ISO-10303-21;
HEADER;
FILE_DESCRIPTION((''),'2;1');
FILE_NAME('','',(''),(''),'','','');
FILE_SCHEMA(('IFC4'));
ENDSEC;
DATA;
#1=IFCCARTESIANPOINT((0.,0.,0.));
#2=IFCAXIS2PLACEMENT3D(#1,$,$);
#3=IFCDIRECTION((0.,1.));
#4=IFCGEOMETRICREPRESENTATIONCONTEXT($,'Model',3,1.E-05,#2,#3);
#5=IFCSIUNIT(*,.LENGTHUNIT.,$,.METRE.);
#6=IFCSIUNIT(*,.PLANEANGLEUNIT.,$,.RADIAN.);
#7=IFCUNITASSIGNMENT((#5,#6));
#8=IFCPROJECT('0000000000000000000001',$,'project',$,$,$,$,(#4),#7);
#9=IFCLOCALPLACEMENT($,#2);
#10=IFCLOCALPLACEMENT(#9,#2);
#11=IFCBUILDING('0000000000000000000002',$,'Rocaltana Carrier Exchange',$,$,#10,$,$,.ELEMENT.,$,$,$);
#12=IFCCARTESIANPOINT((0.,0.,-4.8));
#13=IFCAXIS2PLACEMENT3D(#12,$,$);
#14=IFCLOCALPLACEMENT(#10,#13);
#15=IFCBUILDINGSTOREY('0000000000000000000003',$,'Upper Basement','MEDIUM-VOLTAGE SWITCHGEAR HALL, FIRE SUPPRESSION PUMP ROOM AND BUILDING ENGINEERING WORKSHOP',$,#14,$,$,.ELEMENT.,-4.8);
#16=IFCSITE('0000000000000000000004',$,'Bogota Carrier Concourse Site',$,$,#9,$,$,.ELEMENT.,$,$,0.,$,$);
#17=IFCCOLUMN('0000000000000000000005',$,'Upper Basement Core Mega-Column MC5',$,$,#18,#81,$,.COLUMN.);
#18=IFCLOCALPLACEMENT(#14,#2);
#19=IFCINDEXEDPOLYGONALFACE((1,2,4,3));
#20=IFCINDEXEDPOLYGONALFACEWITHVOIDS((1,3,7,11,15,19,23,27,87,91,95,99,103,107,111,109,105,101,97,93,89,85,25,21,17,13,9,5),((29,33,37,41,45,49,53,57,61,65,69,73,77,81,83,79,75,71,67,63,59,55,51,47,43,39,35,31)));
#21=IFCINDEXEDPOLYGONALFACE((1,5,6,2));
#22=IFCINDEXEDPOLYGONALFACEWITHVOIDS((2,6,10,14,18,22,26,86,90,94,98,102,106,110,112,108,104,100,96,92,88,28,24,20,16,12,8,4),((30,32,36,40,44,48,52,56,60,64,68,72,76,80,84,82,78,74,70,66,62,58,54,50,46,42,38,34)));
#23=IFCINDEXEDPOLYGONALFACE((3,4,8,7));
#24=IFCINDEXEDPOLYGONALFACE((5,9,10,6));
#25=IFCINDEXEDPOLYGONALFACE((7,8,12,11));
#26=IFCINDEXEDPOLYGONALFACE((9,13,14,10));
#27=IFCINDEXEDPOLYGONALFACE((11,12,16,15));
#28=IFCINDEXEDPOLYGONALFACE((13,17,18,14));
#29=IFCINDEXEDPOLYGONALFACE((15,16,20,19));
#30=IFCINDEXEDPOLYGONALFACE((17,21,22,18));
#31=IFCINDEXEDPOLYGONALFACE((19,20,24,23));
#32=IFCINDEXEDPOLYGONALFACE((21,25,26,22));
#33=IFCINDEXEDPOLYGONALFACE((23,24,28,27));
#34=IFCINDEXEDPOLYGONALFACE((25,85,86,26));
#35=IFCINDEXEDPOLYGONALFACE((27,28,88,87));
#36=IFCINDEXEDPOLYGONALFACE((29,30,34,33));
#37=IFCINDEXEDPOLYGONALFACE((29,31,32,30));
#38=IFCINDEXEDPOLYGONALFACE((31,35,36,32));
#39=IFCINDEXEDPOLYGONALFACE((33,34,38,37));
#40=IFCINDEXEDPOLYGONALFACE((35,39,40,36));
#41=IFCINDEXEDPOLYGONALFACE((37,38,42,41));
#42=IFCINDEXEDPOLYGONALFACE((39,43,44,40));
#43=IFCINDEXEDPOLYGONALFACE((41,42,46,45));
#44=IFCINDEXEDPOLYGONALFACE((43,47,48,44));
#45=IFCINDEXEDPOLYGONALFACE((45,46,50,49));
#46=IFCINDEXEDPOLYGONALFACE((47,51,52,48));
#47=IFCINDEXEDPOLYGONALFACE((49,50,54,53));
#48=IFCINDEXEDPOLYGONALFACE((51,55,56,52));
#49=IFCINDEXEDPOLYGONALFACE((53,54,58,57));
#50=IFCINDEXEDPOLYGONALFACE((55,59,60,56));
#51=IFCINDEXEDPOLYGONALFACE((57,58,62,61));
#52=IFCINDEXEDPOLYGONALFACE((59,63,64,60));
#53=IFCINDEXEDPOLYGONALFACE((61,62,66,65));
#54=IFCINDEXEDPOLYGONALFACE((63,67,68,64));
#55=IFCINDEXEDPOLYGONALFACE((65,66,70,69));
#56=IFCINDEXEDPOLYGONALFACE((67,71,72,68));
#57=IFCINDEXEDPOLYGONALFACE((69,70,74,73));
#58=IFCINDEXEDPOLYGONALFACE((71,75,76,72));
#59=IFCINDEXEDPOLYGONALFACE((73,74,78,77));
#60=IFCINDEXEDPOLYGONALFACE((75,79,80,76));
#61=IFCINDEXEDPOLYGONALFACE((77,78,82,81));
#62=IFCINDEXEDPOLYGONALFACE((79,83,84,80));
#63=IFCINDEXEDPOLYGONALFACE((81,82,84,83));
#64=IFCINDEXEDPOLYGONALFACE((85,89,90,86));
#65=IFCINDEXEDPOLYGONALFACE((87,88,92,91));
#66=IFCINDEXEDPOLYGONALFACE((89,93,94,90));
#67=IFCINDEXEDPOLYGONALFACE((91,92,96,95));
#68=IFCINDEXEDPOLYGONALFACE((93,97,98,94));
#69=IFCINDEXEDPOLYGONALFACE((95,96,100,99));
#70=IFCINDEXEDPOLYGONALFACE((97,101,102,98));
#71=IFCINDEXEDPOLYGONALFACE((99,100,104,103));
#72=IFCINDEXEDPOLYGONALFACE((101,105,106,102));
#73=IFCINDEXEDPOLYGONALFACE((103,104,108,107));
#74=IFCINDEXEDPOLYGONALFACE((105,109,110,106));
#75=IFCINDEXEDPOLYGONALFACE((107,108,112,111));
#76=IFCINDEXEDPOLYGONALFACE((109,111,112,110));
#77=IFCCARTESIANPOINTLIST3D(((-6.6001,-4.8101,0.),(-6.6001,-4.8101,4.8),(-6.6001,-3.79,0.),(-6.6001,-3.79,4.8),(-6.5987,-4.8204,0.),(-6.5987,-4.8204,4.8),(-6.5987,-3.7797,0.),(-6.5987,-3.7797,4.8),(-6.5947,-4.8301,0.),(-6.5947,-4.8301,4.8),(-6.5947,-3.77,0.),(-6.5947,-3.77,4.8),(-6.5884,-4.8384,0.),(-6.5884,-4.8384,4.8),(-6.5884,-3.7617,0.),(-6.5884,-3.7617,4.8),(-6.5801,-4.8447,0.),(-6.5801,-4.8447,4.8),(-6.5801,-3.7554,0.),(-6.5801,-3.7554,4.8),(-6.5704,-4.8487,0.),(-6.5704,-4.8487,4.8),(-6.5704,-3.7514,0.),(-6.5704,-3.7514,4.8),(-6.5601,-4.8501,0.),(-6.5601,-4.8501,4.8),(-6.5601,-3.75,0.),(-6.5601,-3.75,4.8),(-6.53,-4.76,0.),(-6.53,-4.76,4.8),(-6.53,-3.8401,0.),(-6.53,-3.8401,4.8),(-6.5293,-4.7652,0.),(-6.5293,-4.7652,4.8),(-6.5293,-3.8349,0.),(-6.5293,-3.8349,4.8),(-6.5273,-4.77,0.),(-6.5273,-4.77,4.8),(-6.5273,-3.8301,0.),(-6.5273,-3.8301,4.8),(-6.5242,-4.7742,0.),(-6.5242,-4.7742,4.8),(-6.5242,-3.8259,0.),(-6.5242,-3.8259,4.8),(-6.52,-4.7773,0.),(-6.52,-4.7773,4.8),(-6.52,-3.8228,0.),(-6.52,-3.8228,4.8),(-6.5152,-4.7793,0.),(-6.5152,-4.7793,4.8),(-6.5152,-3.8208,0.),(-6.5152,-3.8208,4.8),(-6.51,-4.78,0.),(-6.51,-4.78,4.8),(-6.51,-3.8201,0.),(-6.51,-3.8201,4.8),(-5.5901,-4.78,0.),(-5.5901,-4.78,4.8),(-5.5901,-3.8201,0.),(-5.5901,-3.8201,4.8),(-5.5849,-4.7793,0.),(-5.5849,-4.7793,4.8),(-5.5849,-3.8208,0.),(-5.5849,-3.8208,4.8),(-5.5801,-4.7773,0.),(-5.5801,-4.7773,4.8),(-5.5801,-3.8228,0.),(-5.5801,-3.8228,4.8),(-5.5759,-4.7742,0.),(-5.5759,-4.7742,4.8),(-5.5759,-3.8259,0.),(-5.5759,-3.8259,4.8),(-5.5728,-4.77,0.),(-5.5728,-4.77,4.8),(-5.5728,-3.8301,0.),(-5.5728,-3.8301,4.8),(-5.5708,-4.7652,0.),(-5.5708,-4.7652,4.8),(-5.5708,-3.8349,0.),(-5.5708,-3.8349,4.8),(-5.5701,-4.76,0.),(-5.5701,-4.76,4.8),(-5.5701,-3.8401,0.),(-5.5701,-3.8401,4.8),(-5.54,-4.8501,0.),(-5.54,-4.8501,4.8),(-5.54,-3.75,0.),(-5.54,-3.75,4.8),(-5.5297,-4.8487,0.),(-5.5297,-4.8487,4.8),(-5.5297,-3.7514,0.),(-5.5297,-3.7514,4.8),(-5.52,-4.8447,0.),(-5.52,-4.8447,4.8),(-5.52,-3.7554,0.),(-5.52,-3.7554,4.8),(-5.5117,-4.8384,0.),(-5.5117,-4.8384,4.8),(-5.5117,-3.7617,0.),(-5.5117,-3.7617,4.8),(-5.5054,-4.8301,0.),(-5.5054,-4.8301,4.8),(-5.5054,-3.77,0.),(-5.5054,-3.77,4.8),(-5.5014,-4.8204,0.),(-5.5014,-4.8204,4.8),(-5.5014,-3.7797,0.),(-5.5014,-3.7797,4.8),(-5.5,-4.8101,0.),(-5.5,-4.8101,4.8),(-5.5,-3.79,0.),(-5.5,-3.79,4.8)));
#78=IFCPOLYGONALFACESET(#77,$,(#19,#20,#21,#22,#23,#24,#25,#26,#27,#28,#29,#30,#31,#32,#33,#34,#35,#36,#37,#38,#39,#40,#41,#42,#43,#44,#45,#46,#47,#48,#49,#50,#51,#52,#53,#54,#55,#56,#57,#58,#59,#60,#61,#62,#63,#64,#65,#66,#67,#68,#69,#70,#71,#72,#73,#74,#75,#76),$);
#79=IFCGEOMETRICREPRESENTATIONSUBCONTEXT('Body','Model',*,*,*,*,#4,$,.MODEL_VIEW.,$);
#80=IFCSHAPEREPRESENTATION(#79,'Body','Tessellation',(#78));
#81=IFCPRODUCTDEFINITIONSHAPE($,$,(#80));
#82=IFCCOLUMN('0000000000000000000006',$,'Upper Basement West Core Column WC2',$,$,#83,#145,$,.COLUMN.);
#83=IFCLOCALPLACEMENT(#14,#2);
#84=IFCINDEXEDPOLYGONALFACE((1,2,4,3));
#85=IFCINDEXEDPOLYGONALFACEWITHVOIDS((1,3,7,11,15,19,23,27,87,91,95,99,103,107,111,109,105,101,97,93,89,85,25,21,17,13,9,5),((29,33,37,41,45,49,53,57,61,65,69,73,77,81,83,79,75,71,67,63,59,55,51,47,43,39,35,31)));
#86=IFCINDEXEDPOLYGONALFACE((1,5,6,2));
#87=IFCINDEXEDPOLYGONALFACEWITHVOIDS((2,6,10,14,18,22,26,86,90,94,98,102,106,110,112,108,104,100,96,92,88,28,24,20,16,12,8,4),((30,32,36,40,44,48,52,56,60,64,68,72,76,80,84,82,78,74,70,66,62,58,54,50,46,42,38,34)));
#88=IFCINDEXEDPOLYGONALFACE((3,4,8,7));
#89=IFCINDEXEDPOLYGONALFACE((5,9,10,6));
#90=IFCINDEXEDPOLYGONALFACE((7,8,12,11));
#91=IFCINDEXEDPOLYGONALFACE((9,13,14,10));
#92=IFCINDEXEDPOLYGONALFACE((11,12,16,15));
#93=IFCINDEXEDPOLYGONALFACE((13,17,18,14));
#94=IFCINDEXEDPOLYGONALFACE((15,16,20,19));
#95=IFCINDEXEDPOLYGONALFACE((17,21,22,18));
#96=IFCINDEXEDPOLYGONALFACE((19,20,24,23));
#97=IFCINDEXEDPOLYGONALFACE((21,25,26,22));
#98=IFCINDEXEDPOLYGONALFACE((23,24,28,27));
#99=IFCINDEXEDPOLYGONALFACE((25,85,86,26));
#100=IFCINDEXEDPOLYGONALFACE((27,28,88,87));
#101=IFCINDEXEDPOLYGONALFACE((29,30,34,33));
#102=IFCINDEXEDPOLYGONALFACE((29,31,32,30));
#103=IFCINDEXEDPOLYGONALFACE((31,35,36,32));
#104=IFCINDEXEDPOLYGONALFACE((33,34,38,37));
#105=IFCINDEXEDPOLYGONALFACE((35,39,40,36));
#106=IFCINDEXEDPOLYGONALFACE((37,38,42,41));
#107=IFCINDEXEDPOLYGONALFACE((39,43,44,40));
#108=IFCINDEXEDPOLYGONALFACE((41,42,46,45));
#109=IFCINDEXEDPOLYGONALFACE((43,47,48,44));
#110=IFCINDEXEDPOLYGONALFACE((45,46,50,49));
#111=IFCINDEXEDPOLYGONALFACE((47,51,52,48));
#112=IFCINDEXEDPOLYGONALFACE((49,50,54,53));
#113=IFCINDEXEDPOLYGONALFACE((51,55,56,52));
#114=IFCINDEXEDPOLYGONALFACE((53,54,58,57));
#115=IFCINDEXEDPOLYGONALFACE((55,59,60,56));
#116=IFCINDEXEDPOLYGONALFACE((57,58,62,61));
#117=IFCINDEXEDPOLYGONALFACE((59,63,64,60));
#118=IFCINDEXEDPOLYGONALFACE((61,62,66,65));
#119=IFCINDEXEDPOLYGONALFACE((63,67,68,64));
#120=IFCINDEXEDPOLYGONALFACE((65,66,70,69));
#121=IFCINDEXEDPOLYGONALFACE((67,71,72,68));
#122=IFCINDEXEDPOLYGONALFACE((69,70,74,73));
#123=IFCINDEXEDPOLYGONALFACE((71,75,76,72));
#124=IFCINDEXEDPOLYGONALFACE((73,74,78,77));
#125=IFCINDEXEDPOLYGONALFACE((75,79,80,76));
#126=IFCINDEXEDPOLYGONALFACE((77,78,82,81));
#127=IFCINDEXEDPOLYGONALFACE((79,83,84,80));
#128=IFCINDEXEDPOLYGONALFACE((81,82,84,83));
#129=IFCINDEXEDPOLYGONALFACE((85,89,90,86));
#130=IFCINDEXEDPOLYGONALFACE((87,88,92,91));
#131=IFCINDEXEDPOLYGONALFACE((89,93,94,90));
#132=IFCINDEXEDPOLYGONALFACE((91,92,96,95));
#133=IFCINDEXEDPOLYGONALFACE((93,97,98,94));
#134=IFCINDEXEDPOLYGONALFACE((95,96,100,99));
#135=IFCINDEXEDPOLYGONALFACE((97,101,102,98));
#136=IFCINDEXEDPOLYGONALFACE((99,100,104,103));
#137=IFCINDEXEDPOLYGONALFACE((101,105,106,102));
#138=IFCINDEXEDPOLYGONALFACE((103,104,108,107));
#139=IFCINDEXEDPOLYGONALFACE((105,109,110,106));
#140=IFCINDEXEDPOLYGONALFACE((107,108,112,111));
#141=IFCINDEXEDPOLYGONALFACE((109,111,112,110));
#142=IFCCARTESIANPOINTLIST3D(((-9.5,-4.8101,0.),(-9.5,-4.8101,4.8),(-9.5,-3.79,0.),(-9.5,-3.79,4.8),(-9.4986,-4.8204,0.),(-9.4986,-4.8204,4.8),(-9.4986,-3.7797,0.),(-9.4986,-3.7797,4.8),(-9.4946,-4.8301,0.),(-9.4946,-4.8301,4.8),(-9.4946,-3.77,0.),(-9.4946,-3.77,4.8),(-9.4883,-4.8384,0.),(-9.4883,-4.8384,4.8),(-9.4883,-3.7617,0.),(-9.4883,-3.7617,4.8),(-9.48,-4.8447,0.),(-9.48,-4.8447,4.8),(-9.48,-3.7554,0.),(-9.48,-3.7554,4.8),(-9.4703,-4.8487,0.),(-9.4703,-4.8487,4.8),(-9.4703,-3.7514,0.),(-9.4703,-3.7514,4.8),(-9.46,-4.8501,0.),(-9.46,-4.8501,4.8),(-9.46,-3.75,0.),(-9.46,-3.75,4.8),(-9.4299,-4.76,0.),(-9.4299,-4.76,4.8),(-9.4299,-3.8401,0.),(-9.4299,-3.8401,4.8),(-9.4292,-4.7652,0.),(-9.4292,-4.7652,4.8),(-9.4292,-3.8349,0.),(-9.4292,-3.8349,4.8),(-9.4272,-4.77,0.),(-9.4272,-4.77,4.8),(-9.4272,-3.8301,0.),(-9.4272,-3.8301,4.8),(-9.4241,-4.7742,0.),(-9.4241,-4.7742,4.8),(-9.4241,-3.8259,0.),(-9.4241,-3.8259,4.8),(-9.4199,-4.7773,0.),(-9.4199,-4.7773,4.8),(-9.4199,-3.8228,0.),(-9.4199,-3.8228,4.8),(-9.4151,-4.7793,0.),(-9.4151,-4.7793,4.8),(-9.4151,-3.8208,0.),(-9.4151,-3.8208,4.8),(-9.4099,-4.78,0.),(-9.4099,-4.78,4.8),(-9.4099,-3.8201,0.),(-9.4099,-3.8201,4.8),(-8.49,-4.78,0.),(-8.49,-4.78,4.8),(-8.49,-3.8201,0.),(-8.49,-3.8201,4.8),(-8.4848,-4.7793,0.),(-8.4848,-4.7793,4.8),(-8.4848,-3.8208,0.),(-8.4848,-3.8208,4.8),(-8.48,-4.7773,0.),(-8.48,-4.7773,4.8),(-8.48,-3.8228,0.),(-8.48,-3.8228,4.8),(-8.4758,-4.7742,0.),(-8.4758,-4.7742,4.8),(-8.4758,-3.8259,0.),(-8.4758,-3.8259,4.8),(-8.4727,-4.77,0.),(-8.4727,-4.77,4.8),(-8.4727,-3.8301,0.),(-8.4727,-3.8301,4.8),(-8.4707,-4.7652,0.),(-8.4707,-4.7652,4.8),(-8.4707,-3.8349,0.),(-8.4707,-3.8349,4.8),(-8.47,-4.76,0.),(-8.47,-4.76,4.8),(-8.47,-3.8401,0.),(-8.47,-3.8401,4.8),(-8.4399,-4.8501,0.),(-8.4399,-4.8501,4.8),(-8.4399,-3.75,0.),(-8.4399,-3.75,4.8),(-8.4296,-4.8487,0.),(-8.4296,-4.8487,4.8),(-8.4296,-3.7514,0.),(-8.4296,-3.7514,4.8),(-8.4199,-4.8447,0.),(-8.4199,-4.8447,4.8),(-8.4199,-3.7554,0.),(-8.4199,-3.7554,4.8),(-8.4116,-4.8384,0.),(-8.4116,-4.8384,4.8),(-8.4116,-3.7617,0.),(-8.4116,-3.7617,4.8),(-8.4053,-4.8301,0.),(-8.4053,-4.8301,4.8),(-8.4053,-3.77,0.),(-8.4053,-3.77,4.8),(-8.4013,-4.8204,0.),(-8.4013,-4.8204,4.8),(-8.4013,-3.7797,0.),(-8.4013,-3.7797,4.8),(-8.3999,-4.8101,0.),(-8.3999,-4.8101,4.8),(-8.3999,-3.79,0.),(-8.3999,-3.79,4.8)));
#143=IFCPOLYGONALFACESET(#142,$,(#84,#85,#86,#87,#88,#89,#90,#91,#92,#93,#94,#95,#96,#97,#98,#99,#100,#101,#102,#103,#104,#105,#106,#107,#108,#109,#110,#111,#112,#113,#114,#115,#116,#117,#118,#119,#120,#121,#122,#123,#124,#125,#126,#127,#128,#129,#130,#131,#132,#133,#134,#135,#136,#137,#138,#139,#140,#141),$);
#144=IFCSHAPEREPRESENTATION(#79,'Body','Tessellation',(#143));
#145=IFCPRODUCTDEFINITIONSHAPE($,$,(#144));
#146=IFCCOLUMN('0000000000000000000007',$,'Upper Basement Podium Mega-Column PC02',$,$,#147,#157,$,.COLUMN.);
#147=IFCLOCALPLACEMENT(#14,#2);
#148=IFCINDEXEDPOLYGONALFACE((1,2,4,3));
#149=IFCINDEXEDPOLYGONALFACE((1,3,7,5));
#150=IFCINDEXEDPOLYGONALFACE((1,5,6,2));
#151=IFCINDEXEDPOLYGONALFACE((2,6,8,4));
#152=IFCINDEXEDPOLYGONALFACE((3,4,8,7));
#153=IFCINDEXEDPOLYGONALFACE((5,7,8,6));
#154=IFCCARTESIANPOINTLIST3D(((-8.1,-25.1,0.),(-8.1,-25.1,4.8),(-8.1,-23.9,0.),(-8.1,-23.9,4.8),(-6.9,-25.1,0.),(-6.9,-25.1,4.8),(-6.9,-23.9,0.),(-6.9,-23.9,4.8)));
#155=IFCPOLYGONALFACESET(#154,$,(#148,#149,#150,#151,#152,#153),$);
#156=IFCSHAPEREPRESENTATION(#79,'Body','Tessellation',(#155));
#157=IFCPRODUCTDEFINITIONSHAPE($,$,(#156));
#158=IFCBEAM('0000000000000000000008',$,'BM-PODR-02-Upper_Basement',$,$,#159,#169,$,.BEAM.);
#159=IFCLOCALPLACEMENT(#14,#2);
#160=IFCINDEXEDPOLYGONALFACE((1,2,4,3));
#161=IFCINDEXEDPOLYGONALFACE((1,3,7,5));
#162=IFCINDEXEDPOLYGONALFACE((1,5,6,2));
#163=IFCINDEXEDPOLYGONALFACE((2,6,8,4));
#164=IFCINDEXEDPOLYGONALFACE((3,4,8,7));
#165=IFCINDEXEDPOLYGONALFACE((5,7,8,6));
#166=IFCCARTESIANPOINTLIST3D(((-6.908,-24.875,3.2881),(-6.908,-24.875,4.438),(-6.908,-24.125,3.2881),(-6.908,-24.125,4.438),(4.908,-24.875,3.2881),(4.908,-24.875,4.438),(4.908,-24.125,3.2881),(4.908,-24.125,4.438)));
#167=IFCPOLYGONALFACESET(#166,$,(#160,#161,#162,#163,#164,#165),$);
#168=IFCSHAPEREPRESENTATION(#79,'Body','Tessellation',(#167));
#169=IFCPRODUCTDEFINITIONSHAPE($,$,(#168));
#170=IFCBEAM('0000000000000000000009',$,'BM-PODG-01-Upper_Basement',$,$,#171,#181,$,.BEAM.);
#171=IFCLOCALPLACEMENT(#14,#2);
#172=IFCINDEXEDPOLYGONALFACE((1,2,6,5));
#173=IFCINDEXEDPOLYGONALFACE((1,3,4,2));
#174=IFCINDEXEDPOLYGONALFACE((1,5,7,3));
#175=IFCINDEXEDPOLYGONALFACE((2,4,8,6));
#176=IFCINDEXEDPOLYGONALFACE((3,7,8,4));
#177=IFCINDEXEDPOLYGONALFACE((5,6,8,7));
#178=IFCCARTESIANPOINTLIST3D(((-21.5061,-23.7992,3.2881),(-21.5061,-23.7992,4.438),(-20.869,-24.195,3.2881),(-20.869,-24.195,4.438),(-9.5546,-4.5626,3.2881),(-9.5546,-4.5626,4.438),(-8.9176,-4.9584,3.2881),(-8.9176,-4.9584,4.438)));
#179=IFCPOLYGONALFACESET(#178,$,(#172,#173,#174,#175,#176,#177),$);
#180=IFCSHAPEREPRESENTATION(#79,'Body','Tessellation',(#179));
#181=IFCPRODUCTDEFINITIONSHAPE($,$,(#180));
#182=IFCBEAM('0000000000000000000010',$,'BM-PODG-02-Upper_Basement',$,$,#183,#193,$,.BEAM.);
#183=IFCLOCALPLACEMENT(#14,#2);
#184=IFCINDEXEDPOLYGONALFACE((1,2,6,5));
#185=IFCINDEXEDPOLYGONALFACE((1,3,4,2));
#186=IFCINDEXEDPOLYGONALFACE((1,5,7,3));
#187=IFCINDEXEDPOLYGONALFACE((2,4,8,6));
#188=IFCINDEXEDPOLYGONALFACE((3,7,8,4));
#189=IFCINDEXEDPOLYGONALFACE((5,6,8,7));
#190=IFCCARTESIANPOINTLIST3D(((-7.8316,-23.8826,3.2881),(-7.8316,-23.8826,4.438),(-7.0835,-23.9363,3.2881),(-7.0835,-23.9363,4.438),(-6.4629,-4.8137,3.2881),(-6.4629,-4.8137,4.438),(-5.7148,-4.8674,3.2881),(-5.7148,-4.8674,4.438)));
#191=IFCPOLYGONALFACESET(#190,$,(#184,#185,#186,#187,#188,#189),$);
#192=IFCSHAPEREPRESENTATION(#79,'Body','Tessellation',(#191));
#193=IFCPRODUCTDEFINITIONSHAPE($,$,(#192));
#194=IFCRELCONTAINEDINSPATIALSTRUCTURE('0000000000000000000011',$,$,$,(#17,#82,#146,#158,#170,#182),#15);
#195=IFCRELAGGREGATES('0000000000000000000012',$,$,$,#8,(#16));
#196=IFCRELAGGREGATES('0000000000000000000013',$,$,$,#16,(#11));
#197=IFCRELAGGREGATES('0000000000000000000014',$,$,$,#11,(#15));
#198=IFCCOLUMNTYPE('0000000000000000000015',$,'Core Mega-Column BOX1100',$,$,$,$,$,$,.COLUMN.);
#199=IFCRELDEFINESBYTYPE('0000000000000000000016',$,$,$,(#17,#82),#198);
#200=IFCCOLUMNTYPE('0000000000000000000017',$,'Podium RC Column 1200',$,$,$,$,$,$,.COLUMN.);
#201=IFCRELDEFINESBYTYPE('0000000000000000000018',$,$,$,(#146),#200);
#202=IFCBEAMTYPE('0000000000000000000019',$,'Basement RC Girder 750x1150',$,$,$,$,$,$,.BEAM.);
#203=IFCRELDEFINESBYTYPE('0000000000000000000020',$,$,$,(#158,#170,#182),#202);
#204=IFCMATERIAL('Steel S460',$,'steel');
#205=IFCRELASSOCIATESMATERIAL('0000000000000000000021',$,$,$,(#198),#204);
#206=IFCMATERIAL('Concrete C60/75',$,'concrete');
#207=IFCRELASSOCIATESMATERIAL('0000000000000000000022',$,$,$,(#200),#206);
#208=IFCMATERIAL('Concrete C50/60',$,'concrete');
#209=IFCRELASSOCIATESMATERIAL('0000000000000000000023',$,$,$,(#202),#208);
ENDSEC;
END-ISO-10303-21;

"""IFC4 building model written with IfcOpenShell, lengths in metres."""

from ifc_helpers import new_model, si_unit, direction, frame, origin, origin_2d, place, context, subcontext, project, spatial, rectangle, hollow_rectangle, extrude, material, material_profile, profile_set, type_object, element, save


model = new_model("IFC4")

# Units and contexts
model_context = context("Model", 3, precision=1e-05, world=origin(), true_north=direction((0.0, 1.0)))
body_context = subcontext(model_context, "Body", "Model", "MODEL_VIEW")
ifc_project = project(units=[si_unit("LENGTHUNIT", "METRE"), si_unit("PLANEANGLEUNIT", "RADIAN")], contexts=[model_context])

# Site, building, storey
site_placement = place(None, origin())
site = spatial("IfcSite", under=ifc_project, at=site_placement, Name="Bogota Carrier Concourse Site", CompositionType="ELEMENT", RefElevation=0.0)
building_placement = place(site_placement, origin())
building = spatial("IfcBuilding", under=site, at=building_placement, Name="Rocaltana Carrier Exchange", CompositionType="ELEMENT")
storey_placement = place(building_placement, frame((0.0, 0.0, -4.8)))
storey = spatial("IfcBuildingStorey", under=building, at=storey_placement, Name="Upper Basement", Description="MEDIUM-VOLTAGE SWITCHGEAR HALL, FIRE SUPPRESSION PUMP ROOM AND BUILDING ENGINEERING WORKSHOP", CompositionType="ELEMENT", Elevation=-4.8)

# Columns
ifc_material_1 = material(Name="Steel S460", Category="steel")
ifc_material_profile_1 = material_profile(ifc_material_1, hollow_rectangle(XDim=1.1001, YDim=1.1001, WallThickness=0.0701, InnerFilletRadius=0.02, OuterFilletRadius=0.04, at=origin_2d()), Name="BOX1100X1100X70")
ifc_profile_set_1 = profile_set([ifc_material_profile_1], Name="Steel S460")
column_type_1 = type_object("IfcColumnType", Name="Core Mega-Column BOX1100", PredefinedType="COLUMN", material=ifc_profile_set_1)
for number, where, z_axis, x_axis, name in (
    (1, (-6.05, -4.3, 0.0), (0.0, 0.0, 1.0), (1.0, 0.0, 0.0), "Upper Basement Core Mega-Column MC5"),
    (2, (-8.95, -4.3, 0.0), (0.0, 0.0, 1.0), (1.0, 0.0, 0.0), "Upper Basement West Core Column WC2"),
):
    element("IfcColumn", number, at=place(storey_placement, frame(where, z_axis=z_axis, x_axis=x_axis)), inside=storey, type_object=column_type_1, Name=name, PredefinedType="COLUMN", context=body_context, shape_type="SweptSolid", body=[
        extrude(hollow_rectangle(XDim=1.1001, YDim=1.1001, WallThickness=0.0701, InnerFilletRadius=0.02, OuterFilletRadius=0.04, at=origin_2d()), origin(), (0.0, 0.0, 1.0), 4.8),
    ])
ifc_material_2 = material(Name="Concrete C60/75", Category="concrete")
ifc_material_profile_2 = material_profile(ifc_material_2, rectangle(XDim=1.2, YDim=1.2, at=origin_2d()), Name="RC-COL-1200X1200")
ifc_profile_set_2 = profile_set([ifc_material_profile_2], Name="Concrete C60/75")
column_type_2 = type_object("IfcColumnType", Name="Podium RC Column 1200", PredefinedType="COLUMN", material=ifc_profile_set_2)
column_placement = place(storey_placement, frame((-7.5, -24.5, 0.0), z_axis=(0.0, 0.0, 1.0), x_axis=(1.0, 0.0, 0.0)))
element("IfcColumn", 3, at=column_placement, inside=storey, type_object=column_type_2, Name="Upper Basement Podium Mega-Column PC02", PredefinedType="COLUMN", context=body_context, shape_type="SweptSolid", body=[
    extrude(rectangle(XDim=1.2, YDim=1.2, at=origin_2d()), origin(), (0.0, 0.0, 1.0), 4.8),
])

# Beams
ifc_material_3 = material(Name="Concrete C50/60", Category="concrete")
ifc_material_profile_3 = material_profile(ifc_material_3, rectangle(XDim=0.75, YDim=1.1499, at=origin_2d()), Name="RC-BM-750X1150")
ifc_profile_set_3 = profile_set([ifc_material_profile_3], Name="Concrete C50/60")
beam_type_1 = type_object("IfcBeamType", Name="Basement RC Girder 750x1150", PredefinedType="BEAM", material=ifc_profile_set_3)
beam_1_placement = place(storey_placement, frame((-6.908, -24.5, 3.863), z_axis=(1.0, 0.0, 0.0), x_axis=(0.0, 1.0, 0.0)))
element("IfcBeam", 4, at=beam_1_placement, inside=storey, type_object=beam_type_1, Name="BM-PODR-02-Upper_Basement", PredefinedType="BEAM", context=body_context, shape_type="SweptSolid", body=[
    extrude(rectangle(XDim=0.75, YDim=1.1499, at=origin_2d()), origin(), (0.0, 0.0, 1.0), 11.8159),
])
beam_2_placement = place(storey_placement, frame((-9.2361, -4.7605, 3.863), z_axis=(-0.527729, -0.849413, 0.0), x_axis=(0.849413, -0.527729, 0.0)))
element("IfcBeam", 5, at=beam_2_placement, inside=storey, type_object=beam_type_1, Name="BM-PODG-01-Upper_Basement", PredefinedType="BEAM", context=body_context, shape_type="SweptSolid", body=[
    extrude(rectangle(XDim=0.75, YDim=1.1499, at=origin_2d()), origin(), (0.0, 0.0, 1.0), 22.647),
])
beam_3_placement = place(storey_placement, frame((-6.0889, -4.8406, 3.863), z_axis=(-0.07159, -0.997434, 0.0), x_axis=(0.997434, -0.07159, 0.0)))
element("IfcBeam", 6, at=beam_3_placement, inside=storey, type_object=beam_type_1, Name="BM-PODG-02-Upper_Basement", PredefinedType="BEAM", context=body_context, shape_type="SweptSolid", body=[
    extrude(rectangle(XDim=0.75, YDim=1.1499, at=origin_2d()), origin(), (0.0, 0.0, 1.0), 19.1179),
])

save(model, "model.ifc")
